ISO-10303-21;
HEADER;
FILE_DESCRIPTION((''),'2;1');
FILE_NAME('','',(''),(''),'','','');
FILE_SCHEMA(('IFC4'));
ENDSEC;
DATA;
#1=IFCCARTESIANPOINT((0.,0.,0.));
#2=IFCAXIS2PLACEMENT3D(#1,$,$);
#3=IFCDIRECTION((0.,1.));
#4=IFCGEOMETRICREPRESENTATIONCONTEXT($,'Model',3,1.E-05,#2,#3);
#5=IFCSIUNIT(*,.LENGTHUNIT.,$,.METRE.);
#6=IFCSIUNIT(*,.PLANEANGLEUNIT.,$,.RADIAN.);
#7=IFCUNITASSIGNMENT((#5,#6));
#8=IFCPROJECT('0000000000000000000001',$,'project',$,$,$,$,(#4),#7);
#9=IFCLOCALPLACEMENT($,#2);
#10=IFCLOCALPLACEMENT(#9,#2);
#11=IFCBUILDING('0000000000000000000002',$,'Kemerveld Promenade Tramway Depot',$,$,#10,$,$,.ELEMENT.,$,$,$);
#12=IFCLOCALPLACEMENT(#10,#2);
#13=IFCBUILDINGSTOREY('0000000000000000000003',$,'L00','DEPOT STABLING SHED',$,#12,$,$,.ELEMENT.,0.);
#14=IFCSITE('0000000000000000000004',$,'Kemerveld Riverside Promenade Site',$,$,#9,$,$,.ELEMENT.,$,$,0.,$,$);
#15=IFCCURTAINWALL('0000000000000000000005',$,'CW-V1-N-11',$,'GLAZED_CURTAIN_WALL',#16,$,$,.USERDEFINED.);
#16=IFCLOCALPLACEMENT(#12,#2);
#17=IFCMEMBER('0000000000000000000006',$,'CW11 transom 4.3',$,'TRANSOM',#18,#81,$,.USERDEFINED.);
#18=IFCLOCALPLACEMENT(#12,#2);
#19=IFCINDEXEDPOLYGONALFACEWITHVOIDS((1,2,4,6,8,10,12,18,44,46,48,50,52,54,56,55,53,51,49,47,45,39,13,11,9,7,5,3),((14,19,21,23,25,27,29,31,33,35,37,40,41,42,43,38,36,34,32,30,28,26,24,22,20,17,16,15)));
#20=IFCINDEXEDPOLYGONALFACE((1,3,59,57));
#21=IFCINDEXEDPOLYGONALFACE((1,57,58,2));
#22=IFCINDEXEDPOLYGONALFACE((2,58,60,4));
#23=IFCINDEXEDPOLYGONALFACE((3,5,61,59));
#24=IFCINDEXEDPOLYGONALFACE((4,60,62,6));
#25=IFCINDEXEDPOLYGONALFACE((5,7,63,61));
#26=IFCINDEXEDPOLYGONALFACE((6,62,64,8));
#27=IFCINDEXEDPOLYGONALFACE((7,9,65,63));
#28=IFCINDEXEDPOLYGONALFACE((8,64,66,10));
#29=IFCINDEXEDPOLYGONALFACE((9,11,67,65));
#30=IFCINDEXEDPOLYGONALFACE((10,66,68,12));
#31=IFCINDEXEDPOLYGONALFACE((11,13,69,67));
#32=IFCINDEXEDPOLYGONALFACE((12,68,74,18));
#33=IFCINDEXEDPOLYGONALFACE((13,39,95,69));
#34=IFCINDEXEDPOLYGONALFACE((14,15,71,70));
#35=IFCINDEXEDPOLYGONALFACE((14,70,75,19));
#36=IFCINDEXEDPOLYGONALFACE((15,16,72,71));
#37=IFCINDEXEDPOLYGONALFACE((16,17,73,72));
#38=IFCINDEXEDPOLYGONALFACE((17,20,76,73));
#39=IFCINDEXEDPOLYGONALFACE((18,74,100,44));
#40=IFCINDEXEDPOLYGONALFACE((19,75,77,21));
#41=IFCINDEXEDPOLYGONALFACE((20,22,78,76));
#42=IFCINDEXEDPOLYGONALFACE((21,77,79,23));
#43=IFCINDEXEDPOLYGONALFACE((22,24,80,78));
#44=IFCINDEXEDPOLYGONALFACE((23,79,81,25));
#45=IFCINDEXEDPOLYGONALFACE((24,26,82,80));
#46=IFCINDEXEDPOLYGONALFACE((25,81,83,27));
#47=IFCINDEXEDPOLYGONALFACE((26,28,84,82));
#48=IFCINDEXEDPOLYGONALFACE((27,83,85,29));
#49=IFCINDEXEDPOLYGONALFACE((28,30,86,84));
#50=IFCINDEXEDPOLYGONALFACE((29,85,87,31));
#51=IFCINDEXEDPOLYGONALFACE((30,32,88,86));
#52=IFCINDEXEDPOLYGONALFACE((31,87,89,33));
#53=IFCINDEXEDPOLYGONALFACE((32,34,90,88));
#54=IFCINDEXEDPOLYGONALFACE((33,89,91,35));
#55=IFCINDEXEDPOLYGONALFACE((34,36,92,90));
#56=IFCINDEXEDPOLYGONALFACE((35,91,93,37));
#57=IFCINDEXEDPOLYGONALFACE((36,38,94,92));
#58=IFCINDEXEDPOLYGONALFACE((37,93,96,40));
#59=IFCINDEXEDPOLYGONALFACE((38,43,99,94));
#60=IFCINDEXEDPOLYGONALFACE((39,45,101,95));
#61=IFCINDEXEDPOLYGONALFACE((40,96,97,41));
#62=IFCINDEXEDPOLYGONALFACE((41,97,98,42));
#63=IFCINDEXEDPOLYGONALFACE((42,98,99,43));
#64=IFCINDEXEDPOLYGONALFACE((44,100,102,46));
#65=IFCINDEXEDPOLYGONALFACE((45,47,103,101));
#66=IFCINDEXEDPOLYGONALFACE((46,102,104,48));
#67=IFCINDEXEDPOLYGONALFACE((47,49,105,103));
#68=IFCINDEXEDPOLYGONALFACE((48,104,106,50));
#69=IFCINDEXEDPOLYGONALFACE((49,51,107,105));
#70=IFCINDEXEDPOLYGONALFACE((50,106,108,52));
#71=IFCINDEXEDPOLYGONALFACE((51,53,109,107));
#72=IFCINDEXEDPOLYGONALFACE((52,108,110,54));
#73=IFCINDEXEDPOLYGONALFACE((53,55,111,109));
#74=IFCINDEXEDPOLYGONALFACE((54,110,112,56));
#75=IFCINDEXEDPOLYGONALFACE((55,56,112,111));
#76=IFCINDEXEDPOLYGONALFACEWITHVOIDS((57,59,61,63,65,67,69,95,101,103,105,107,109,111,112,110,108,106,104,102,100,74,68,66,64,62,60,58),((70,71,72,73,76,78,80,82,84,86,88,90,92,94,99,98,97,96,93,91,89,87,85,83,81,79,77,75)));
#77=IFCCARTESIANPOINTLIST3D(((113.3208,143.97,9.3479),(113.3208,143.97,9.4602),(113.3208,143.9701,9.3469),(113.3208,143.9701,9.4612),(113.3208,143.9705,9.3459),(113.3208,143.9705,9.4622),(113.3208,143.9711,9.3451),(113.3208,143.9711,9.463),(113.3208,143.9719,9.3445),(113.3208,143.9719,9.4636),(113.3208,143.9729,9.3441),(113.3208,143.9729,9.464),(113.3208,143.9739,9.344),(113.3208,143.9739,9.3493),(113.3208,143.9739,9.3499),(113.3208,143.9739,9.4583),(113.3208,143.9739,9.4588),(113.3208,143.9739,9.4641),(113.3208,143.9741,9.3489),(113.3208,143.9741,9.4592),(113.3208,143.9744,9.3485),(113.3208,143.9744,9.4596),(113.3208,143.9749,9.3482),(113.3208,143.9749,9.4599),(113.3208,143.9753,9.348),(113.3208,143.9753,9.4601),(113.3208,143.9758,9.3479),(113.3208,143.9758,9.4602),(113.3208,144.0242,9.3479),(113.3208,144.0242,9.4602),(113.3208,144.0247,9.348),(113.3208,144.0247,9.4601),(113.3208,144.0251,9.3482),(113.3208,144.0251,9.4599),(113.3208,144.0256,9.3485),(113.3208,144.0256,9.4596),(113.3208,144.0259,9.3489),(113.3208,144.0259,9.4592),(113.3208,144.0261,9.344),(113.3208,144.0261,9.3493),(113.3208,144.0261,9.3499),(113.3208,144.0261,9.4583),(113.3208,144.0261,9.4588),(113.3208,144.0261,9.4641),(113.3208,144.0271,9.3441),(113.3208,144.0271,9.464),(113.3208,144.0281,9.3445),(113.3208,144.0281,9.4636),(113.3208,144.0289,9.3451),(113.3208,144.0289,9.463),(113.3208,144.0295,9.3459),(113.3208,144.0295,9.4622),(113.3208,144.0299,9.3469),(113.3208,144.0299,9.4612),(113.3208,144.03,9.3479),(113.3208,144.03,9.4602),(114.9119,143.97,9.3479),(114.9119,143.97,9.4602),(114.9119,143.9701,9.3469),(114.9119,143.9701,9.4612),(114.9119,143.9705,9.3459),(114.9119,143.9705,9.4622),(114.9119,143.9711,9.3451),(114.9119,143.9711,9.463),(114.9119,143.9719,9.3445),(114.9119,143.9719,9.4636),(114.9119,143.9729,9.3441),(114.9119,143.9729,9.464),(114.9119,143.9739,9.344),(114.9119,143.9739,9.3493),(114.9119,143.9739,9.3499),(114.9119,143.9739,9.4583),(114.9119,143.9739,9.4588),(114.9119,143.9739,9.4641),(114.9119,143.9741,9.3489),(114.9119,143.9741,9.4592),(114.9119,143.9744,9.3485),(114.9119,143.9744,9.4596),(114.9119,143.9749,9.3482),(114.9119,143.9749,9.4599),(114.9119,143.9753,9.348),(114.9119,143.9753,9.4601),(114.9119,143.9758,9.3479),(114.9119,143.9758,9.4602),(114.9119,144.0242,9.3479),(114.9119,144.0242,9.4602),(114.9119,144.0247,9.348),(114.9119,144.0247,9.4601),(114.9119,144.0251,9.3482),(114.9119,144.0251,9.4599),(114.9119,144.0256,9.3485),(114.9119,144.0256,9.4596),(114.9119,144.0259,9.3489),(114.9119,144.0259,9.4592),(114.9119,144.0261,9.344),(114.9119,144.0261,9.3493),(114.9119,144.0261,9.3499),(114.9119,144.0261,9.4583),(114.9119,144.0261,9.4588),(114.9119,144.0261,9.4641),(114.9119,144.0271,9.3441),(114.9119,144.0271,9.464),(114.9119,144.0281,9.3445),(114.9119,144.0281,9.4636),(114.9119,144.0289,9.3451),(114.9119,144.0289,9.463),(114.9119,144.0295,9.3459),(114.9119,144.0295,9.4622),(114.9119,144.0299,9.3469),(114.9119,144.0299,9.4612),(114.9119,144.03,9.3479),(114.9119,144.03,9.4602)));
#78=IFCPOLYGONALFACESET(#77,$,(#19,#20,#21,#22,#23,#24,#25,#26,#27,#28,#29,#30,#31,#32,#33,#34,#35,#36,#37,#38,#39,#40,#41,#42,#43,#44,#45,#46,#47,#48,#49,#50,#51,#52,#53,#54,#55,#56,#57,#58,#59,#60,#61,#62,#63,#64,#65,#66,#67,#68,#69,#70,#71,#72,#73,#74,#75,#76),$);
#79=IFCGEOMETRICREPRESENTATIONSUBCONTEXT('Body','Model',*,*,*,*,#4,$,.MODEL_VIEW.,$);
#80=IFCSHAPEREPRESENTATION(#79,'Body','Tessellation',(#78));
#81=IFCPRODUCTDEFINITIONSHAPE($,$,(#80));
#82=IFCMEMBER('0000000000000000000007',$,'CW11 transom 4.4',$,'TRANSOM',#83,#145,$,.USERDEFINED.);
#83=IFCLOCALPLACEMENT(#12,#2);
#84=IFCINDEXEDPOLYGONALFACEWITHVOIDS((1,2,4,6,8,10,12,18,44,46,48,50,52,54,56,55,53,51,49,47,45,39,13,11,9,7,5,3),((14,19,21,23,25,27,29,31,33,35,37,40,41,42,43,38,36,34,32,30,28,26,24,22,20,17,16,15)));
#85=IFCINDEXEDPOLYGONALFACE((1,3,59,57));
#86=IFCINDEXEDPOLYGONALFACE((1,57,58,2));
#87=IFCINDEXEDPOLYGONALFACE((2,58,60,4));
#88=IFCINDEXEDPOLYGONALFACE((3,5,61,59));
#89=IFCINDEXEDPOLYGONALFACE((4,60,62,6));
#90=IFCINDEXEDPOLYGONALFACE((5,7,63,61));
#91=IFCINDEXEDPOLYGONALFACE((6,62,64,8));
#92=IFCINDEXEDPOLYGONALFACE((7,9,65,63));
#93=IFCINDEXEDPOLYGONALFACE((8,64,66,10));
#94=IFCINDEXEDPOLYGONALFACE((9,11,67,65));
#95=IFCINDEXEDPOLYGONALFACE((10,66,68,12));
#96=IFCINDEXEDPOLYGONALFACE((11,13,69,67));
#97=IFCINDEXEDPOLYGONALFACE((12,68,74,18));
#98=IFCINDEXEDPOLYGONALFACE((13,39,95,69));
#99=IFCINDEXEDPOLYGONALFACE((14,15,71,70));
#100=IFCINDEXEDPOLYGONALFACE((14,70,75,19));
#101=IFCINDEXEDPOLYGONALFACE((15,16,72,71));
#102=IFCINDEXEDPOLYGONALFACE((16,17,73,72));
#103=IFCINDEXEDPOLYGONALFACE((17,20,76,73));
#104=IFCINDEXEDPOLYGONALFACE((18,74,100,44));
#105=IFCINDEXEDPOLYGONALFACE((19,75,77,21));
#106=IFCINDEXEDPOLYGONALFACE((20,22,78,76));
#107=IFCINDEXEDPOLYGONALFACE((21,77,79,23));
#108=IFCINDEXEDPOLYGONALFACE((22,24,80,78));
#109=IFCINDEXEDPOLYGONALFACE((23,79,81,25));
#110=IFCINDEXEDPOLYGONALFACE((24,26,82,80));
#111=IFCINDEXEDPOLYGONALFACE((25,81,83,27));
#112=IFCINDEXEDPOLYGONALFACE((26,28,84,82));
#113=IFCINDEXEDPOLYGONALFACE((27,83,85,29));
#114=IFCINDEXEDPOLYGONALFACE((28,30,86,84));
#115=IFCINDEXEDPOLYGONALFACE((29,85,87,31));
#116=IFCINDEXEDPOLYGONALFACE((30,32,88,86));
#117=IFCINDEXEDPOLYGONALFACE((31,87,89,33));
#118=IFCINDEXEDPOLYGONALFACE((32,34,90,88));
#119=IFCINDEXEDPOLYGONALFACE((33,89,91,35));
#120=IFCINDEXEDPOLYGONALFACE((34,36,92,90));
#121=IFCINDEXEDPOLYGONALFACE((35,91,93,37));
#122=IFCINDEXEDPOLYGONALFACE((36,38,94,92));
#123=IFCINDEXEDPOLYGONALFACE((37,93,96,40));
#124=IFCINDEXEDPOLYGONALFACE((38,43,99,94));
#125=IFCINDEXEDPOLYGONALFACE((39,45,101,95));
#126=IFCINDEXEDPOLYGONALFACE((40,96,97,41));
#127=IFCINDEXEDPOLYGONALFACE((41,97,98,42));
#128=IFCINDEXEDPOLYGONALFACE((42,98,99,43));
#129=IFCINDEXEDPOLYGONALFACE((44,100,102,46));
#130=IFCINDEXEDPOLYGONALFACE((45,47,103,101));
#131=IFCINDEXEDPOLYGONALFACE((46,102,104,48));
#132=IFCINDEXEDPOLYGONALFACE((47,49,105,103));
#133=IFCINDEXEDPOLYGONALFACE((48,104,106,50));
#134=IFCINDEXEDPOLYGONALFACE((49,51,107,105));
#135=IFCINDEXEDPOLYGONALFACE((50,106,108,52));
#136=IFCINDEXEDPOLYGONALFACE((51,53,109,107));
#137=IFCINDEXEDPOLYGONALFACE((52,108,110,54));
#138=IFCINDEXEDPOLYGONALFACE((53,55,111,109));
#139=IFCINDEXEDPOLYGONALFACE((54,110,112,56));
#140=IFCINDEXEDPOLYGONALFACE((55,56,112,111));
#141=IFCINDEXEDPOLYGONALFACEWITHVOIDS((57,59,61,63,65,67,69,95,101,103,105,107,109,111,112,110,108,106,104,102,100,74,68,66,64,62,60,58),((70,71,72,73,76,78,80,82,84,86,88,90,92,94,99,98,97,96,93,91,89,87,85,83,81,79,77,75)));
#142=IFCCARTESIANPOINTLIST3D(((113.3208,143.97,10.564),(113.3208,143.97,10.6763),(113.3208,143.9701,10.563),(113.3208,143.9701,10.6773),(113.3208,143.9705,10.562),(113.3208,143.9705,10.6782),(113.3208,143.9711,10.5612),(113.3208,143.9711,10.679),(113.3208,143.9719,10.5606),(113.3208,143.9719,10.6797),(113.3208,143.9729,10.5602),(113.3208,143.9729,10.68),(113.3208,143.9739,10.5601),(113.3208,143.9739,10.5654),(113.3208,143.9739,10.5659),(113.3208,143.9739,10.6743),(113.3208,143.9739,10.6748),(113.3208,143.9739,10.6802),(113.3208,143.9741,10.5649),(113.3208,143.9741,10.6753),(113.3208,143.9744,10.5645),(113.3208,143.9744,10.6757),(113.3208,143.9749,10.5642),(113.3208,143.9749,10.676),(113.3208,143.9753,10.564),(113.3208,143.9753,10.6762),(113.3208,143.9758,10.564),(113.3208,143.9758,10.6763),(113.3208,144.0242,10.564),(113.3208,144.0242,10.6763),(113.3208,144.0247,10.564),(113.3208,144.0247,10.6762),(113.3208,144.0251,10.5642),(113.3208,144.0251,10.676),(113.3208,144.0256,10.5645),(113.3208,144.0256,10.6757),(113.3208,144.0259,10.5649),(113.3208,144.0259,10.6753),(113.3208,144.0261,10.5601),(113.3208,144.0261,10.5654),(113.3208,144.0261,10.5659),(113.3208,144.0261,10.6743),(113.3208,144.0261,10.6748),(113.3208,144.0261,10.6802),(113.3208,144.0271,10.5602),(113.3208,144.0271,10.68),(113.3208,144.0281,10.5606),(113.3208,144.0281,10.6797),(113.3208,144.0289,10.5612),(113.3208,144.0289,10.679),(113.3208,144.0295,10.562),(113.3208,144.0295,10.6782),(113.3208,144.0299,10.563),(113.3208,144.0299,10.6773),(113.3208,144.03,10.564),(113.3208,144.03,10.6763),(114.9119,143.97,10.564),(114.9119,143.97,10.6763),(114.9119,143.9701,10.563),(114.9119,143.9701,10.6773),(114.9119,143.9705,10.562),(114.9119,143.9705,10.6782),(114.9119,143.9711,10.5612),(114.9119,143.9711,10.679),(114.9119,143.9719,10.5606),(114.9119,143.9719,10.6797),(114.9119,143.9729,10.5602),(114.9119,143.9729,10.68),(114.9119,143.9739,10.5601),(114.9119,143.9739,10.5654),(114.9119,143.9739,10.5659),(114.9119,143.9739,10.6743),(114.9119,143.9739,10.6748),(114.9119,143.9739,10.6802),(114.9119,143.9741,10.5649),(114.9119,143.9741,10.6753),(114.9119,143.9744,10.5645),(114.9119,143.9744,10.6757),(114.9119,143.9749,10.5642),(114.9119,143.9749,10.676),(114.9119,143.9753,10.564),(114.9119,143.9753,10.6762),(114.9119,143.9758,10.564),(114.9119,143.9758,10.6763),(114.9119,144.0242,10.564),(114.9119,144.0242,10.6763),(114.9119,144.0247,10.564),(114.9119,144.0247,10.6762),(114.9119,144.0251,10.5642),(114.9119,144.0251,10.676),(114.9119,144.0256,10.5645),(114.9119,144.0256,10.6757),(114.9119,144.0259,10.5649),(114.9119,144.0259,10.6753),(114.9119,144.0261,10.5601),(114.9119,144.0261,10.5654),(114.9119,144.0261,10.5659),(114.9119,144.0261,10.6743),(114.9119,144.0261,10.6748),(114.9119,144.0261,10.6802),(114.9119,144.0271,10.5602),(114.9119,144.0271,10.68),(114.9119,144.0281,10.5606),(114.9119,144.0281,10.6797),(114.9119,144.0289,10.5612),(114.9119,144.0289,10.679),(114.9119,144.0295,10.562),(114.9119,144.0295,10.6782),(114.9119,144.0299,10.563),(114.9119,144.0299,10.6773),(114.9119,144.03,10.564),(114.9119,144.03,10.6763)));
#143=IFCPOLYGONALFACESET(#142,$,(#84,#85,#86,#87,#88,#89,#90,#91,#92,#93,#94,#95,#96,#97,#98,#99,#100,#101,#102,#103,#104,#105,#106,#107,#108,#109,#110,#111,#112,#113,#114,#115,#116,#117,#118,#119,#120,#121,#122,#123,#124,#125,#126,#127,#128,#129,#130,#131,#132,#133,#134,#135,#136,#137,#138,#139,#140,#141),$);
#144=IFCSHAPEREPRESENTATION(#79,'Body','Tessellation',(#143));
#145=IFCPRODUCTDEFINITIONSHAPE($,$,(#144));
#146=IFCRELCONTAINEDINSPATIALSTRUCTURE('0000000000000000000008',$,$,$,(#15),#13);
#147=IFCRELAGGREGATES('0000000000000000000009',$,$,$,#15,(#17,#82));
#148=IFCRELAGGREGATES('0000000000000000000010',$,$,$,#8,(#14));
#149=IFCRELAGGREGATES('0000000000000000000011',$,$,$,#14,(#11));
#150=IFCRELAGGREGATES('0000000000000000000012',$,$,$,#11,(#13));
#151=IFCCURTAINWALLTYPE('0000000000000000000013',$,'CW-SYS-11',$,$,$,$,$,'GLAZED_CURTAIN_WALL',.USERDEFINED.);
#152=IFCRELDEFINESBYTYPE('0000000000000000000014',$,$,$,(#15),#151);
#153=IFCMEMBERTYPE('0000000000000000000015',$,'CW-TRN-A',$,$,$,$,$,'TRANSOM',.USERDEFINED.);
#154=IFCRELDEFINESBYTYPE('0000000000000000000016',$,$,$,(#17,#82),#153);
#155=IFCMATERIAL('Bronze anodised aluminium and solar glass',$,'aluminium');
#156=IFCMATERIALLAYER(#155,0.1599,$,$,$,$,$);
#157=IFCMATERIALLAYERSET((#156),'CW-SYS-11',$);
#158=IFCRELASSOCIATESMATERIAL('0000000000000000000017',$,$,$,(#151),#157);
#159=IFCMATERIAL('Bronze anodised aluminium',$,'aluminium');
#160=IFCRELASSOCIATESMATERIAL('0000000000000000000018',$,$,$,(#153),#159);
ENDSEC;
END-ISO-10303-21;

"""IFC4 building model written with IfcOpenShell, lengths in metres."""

from ifc_helpers import new_model, si_unit, direction, frame, origin, origin_2d, place, context, subcontext, project, spatial, hollow_rectangle, extrude, material, layer, layer_set, material_profile, profile_set, type_object, element, aggregate, save


model = new_model("IFC4")

# Units and contexts
model_context = context("Model", 3, precision=1e-05, world=origin(), true_north=direction((0.0, 1.0)))
body_context = subcontext(model_context, "Body", "Model", "MODEL_VIEW")
ifc_project = project(units=[si_unit("LENGTHUNIT", "METRE"), si_unit("PLANEANGLEUNIT", "RADIAN")], contexts=[model_context])

# Site, building, storey
site_placement = place(None, origin())
site = spatial("IfcSite", under=ifc_project, at=site_placement, Name="Kemerveld Riverside Promenade Site", CompositionType="ELEMENT", RefElevation=0.0)
building_placement = place(site_placement, origin())
building = spatial("IfcBuilding", under=site, at=building_placement, Name="Kemerveld Promenade Tramway Depot", CompositionType="ELEMENT")
storey_placement = place(building_placement, origin())
storey = spatial("IfcBuildingStorey", under=building, at=storey_placement, Name="L00", Description="DEPOT STABLING SHED", CompositionType="ELEMENT", Elevation=0.0)

# Curtain wall, members
ifc_material_1 = material(Name="Bronze anodised aluminium and solar glass", Category="aluminium")
ifc_layer_1 = layer(ifc_material_1, 0.1599)
ifc_layer_set_1 = layer_set([ifc_layer_1], Name="CW-SYS-11")
curtain_wall_type_1 = type_object("IfcCurtainWallType", Name="CW-SYS-11", ElementType="GLAZED_CURTAIN_WALL", PredefinedType="USERDEFINED", material=ifc_layer_set_1)
curtain_wall_1_placement = place(storey_placement, origin())
curtain_wall_1 = element("IfcCurtainWall", 1, at=curtain_wall_1_placement, inside=storey, type_object=curtain_wall_type_1, Name="CW-V1-N-11", ObjectType="GLAZED_CURTAIN_WALL", PredefinedType="USERDEFINED")
ifc_material_2 = material(Name="Bronze anodised aluminium", Category="aluminium")
ifc_material_profile_1 = material_profile(ifc_material_2, hollow_rectangle(XDim=0.0601, YDim=0.1201, WallThickness=0.0039, InnerFilletRadius=0.002, OuterFilletRadius=0.0039, at=origin_2d()), Name="CW-TRN-120x60")
ifc_profile_set_1 = profile_set([ifc_material_profile_1], Name="Bronze anodised aluminium")
member_type_1 = type_object("IfcMemberType", Name="CW-TRN-A", ElementType="TRANSOM", PredefinedType="USERDEFINED", material=ifc_profile_set_1)
member_1_placement = place(storey_placement, frame((113.3208, 144.0, 9.4041), z_axis=(1.0, 0.0, 0.0), x_axis=(0.0, 1.0, 0.0)))
member_1 = element("IfcMember", 2, at=member_1_placement, type_object=member_type_1, Name="CW11 transom 4.3", ObjectType="TRANSOM", PredefinedType="USERDEFINED", context=body_context, shape_type="SweptSolid", body=[
    extrude(hollow_rectangle(XDim=0.0601, YDim=0.1201, WallThickness=0.0039, InnerFilletRadius=0.002, OuterFilletRadius=0.0039, at=origin_2d()), origin(), (0.0, 0.0, 1.0), 1.5911),
])
member_2_placement = place(storey_placement, frame((113.3208, 144.0, 10.6201), z_axis=(1.0, 0.0, 0.0), x_axis=(0.0, 1.0, 0.0)))
member_2 = element("IfcMember", 3, at=member_2_placement, type_object=member_type_1, Name="CW11 transom 4.4", ObjectType="TRANSOM", PredefinedType="USERDEFINED", context=body_context, shape_type="SweptSolid", body=[
    extrude(hollow_rectangle(XDim=0.0601, YDim=0.1201, WallThickness=0.0039, InnerFilletRadius=0.002, OuterFilletRadius=0.0039, at=origin_2d()), origin(), (0.0, 0.0, 1.0), 1.5911),
])

aggregate(curtain_wall_1, [member_1, member_2])

save(model, "model.ifc")
